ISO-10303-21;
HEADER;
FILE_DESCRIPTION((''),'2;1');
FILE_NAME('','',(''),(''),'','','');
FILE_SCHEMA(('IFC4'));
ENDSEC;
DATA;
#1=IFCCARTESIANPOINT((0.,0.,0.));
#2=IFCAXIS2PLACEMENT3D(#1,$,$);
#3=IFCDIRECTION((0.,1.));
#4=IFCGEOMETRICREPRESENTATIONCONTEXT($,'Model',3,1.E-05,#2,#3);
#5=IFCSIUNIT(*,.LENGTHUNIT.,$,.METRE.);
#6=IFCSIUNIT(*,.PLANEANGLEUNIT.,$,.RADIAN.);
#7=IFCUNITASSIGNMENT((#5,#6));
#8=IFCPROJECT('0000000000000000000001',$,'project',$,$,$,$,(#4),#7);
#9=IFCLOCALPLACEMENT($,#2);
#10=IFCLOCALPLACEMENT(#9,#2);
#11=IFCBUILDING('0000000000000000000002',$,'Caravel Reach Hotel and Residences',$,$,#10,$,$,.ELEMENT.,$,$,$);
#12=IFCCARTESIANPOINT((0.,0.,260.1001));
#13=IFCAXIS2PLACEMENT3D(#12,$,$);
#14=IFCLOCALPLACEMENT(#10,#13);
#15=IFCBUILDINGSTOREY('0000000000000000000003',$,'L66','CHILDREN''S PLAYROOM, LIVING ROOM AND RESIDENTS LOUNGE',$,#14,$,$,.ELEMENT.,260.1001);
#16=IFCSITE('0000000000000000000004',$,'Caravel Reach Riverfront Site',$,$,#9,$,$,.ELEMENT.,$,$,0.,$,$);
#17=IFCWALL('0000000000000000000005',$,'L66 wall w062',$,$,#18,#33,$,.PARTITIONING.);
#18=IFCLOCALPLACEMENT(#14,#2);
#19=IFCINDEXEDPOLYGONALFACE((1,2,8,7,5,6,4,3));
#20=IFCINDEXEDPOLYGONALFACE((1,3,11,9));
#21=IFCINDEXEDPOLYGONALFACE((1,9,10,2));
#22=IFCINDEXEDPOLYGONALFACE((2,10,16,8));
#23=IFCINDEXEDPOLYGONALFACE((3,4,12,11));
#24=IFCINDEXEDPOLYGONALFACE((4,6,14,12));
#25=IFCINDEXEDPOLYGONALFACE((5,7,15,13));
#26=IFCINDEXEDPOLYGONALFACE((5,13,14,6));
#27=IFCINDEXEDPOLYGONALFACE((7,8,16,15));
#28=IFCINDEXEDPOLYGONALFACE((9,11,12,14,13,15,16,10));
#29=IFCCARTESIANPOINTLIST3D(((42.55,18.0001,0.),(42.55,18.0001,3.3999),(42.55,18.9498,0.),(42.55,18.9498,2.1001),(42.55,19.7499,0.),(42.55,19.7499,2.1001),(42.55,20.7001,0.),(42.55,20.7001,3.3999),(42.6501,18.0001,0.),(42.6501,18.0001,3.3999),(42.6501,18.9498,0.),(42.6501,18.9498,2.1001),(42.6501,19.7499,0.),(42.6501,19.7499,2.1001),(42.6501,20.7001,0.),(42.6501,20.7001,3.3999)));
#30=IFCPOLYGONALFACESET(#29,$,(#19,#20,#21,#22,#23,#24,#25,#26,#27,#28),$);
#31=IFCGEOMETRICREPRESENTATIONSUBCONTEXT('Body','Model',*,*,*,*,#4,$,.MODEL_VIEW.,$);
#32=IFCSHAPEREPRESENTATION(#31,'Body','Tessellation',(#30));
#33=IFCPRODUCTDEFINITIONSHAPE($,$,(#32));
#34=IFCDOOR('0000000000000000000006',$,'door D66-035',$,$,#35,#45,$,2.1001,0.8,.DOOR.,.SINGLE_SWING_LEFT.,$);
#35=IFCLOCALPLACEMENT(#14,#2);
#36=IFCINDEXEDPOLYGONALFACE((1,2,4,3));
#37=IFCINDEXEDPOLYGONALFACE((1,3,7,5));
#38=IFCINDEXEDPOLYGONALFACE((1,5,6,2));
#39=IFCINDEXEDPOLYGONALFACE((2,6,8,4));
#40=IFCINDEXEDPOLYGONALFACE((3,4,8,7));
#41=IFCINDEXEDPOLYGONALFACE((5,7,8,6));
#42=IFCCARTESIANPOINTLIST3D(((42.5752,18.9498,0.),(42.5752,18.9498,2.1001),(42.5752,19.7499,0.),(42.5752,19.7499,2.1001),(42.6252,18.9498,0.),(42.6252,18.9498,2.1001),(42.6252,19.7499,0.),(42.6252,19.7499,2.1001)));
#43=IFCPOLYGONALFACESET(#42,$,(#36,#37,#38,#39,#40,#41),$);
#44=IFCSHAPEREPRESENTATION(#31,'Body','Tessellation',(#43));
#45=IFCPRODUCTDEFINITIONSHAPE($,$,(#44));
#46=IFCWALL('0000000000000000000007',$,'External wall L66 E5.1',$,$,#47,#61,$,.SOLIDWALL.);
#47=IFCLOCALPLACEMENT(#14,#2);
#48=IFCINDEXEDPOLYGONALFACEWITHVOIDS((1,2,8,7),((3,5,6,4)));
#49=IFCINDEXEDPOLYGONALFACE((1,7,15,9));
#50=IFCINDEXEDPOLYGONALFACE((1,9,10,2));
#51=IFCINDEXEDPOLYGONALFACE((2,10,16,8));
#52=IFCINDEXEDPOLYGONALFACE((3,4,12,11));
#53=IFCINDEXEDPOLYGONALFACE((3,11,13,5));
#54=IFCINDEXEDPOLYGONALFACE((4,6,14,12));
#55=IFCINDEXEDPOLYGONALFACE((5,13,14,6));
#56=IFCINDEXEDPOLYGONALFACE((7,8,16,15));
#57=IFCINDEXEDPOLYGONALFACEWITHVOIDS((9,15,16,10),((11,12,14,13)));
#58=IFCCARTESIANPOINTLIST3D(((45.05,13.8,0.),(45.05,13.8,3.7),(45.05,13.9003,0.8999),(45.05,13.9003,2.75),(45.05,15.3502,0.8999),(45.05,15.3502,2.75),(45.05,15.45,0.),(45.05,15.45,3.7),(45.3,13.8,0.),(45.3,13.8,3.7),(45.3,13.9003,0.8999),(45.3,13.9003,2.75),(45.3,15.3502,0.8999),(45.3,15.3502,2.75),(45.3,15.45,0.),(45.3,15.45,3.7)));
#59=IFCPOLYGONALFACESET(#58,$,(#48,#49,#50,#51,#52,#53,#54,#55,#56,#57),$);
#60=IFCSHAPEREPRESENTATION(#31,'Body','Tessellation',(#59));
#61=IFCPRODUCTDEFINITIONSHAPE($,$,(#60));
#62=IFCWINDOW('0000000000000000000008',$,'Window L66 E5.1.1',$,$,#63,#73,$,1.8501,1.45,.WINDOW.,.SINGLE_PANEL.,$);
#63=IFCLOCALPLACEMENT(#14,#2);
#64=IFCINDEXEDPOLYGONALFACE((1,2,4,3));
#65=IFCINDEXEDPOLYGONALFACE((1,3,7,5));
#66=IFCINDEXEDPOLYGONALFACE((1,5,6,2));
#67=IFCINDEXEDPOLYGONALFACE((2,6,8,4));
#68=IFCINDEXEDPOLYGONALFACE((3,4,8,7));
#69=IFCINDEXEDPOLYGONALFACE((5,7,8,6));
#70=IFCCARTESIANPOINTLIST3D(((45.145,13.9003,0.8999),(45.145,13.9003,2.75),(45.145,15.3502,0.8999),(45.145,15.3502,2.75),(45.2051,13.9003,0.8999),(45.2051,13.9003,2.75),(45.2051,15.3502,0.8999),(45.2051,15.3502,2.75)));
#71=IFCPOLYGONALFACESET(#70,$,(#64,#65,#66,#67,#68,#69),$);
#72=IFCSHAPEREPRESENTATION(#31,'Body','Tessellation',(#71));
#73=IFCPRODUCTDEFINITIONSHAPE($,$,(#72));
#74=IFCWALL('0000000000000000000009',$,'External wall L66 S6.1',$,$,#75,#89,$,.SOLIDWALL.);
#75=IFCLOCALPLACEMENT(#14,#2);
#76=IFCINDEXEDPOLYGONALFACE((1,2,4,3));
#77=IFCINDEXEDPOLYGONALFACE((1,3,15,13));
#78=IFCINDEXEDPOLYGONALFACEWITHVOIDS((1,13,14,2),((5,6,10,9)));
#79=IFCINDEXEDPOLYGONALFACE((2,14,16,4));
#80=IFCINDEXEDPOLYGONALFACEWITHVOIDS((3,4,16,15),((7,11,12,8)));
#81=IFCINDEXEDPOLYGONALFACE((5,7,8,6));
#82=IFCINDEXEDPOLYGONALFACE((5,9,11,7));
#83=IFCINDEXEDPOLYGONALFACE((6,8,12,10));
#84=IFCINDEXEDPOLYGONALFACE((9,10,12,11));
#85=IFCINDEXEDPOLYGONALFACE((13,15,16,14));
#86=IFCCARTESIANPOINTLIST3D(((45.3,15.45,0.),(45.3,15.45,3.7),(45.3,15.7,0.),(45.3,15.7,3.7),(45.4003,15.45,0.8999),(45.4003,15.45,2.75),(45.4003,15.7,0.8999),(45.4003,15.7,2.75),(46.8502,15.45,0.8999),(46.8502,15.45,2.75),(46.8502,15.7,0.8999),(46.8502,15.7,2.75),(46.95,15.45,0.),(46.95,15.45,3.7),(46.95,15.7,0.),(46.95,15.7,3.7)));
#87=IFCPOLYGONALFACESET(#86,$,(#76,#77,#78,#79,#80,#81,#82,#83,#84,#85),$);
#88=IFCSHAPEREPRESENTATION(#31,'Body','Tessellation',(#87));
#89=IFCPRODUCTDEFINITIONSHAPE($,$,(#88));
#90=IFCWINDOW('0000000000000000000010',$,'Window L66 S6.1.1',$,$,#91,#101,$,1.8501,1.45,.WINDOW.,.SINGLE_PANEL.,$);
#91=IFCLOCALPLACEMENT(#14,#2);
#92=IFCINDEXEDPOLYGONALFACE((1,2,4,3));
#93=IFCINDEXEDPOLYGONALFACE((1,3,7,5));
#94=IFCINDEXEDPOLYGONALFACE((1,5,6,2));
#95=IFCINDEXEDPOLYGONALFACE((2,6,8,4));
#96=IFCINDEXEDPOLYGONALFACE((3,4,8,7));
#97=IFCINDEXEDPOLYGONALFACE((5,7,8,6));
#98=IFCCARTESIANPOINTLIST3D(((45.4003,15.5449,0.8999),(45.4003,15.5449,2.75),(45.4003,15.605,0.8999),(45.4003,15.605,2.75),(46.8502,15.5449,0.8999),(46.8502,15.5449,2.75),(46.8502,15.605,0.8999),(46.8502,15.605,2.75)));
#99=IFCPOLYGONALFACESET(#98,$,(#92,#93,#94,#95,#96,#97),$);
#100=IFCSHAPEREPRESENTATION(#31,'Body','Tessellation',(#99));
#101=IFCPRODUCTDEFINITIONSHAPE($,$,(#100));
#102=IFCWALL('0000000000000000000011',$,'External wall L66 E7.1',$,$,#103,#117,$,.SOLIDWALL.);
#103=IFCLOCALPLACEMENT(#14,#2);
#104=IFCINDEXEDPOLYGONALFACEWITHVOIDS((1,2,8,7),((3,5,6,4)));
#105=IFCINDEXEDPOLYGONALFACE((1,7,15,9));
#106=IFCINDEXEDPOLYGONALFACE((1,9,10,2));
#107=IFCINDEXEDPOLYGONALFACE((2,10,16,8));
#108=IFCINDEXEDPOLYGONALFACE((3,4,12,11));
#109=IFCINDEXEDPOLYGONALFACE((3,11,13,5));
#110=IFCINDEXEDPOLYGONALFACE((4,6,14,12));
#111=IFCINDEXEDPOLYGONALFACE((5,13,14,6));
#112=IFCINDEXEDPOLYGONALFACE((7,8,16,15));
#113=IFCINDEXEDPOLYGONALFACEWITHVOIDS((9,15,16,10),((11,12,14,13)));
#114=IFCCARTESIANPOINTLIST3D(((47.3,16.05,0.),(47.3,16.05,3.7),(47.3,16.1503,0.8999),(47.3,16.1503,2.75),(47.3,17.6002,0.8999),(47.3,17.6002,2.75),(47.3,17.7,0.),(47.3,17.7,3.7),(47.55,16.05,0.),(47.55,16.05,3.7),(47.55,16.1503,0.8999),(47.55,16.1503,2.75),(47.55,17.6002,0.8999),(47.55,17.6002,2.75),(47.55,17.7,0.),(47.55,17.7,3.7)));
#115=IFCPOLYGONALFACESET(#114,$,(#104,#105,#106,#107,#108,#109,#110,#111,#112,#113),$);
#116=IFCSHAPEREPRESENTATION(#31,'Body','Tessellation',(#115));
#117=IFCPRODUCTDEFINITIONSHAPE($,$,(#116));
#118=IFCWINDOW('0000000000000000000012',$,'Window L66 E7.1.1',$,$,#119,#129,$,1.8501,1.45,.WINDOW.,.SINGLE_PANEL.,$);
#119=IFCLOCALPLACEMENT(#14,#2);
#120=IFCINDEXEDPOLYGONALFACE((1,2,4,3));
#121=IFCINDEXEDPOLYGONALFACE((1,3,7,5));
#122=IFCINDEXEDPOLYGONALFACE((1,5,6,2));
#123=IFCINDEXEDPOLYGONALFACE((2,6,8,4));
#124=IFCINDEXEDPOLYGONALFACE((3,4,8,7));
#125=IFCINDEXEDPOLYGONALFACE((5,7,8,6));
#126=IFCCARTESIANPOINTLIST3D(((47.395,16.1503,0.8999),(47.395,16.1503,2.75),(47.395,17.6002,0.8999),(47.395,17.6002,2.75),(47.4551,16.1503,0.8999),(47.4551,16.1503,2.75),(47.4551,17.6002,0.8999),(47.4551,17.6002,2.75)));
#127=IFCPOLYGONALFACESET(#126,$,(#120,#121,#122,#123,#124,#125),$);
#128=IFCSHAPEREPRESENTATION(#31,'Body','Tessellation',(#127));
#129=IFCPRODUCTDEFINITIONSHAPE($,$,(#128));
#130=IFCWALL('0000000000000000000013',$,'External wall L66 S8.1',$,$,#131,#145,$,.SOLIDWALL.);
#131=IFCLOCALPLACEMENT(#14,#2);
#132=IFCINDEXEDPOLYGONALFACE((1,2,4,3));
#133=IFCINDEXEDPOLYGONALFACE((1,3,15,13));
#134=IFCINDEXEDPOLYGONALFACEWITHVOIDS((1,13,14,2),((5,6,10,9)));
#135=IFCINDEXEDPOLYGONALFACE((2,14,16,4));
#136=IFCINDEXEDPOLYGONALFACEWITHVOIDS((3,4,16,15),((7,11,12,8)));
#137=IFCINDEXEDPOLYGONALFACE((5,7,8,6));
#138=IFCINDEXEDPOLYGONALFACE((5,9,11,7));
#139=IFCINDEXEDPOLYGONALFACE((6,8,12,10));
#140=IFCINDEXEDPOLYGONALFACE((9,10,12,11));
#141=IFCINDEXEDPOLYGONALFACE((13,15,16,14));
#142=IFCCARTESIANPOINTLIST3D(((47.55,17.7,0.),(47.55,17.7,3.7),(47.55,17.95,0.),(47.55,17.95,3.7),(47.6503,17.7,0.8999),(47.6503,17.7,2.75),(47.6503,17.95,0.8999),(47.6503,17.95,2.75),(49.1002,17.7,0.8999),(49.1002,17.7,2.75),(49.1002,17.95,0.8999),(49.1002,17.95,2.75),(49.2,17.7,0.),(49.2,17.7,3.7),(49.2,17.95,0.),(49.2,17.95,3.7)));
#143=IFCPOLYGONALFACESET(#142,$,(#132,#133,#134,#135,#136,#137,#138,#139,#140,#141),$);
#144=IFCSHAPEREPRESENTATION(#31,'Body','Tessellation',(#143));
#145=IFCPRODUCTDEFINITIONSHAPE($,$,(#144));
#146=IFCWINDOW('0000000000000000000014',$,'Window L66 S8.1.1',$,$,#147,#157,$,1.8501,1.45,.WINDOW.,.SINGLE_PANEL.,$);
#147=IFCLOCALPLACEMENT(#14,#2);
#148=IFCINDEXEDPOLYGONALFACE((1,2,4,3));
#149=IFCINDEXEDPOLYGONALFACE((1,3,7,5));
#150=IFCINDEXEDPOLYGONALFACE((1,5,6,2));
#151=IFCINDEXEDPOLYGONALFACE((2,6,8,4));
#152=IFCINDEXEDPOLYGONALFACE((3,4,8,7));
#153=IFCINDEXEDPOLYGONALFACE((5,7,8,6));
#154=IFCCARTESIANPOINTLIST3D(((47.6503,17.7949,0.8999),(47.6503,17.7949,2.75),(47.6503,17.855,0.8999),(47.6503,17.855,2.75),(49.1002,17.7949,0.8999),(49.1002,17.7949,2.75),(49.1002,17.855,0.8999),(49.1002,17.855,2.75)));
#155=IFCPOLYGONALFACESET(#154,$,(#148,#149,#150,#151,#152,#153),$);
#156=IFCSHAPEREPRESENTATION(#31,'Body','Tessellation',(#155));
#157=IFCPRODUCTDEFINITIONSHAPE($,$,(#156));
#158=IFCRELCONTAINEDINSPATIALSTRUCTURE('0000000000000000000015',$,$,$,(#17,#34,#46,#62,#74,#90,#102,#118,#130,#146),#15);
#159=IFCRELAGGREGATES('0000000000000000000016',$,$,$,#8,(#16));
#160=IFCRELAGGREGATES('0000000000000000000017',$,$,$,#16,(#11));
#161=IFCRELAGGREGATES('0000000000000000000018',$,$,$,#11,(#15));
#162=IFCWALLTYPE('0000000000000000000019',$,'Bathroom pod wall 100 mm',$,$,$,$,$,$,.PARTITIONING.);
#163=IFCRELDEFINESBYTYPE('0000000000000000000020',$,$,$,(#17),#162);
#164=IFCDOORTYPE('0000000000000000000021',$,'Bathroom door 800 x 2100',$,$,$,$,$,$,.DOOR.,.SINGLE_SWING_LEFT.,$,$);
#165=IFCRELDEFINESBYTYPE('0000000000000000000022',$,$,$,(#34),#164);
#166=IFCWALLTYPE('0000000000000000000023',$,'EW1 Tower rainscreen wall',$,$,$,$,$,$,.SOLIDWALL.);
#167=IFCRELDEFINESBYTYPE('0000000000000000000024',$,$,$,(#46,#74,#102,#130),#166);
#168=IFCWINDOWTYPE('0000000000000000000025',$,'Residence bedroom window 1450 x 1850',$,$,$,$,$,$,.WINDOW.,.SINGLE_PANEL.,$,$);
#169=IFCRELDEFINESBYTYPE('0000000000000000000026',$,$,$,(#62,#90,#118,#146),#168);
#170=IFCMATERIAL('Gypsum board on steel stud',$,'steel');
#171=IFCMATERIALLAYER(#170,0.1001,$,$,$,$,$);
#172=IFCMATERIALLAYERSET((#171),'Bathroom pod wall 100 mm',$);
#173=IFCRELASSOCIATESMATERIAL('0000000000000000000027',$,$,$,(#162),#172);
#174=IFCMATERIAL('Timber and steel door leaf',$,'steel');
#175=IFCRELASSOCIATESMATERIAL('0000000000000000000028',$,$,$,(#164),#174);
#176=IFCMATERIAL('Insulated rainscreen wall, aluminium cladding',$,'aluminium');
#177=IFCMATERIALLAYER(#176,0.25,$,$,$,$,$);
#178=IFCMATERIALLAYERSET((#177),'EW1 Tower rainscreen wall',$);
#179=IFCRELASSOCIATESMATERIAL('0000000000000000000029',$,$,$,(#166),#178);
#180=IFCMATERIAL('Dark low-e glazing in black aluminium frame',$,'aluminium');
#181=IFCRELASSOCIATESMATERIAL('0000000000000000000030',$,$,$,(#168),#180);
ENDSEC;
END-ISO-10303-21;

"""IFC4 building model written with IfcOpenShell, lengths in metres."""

from ifc_helpers import new_model, si_unit, direction, frame, frame_2d, origin, place, context, subcontext, project, spatial, rectangle, extrude, material, layer, layer_set, type_object, element, fill, save


model = new_model("IFC4")

# Units and contexts
model_context = context("Model", 3, precision=1e-05, world=origin(), true_north=direction((0.0, 1.0)))
body_context = subcontext(model_context, "Body", "Model", "MODEL_VIEW")
ifc_project = project(units=[si_unit("LENGTHUNIT", "METRE"), si_unit("PLANEANGLEUNIT", "RADIAN")], contexts=[model_context])

# Site, building, storey
site_placement = place(None, origin())
site = spatial("IfcSite", under=ifc_project, at=site_placement, Name="Caravel Reach Riverfront Site", CompositionType="ELEMENT", RefElevation=0.0)
building_placement = place(site_placement, origin())
building = spatial("IfcBuilding", under=site, at=building_placement, Name="Caravel Reach Hotel and Residences", CompositionType="ELEMENT")
storey_placement = place(building_placement, frame((0.0, 0.0, 260.1001)))
storey = spatial("IfcBuildingStorey", under=building, at=storey_placement, Name="L66", Description="CHILDREN'S PLAYROOM, LIVING ROOM AND RESIDENTS LOUNGE", CompositionType="ELEMENT", Elevation=260.1001)

# Shared definitions
ifc_material_1 = material(Name="Gypsum board on steel stud", Category="steel")
ifc_layer_1 = layer(ifc_material_1, 0.1001)
ifc_layer_set_1 = layer_set([ifc_layer_1], Name="Bathroom pod wall 100 mm")
wall_type_1 = type_object("IfcWallType", Name="Bathroom pod wall 100 mm", PredefinedType="PARTITIONING", material=ifc_layer_set_1)

# Wall, opening, door
wall_1_placement = place(storey_placement, frame((42.6001, 18.0, 0.0), z_axis=(0.0, 0.0, 1.0), x_axis=(0.0, 1.0, 0.0)))
wall_1 = element("IfcWall", 1, at=wall_1_placement, inside=storey, type_object=wall_type_1, Name="L66 wall w062", PredefinedType="PARTITIONING", context=body_context, shape_type="SweptSolid", body=[
    extrude(rectangle(XDim=2.7, YDim=0.1001, at=frame_2d((1.3501, 0.0))), origin(), (0.0, 0.0, 1.0), 3.3999),
])
opening_1_placement = place(wall_1_placement, frame((0.95, 0.0, 0.0)))
opening_1 = element("IfcOpeningElement", 2, at=opening_1_placement, cuts=wall_1, PredefinedType="OPENING", context=body_context, shape_type="SweptSolid", body=[
    extrude(rectangle(XDim=0.8, YDim=2.1001, at=frame_2d((0.3999, 1.05))), frame((0.0, 0.0601, 0.0), z_axis=(0.0, -1.0, 0.0), x_axis=(1.0, 0.0, 0.0)), (0.0, 0.0, 1.0), 0.1201),
])
ifc_material_2 = material(Name="Timber and steel door leaf", Category="steel")
door_type = type_object("IfcDoorType", Name="Bathroom door 800 x 2100", OperationType="SINGLE_SWING_LEFT", PredefinedType="DOOR", material=ifc_material_2)
door_placement = place(opening_1_placement, origin())
door = element("IfcDoor", 3, at=door_placement, inside=storey, type_object=door_type, Name="door D66-035", OperationType="SINGLE_SWING_LEFT", OverallHeight=2.1001, OverallWidth=0.8, PredefinedType="DOOR", context=body_context, shape_type="SweptSolid", body=[
    extrude(rectangle(XDim=0.8, YDim=2.1001, at=frame_2d((0.3999, 1.05))), frame((0.0, 0.0249, 0.0), z_axis=(0.0, -1.0, 0.0), x_axis=(1.0, 0.0, 0.0)), (0.0, 0.0, 1.0), 0.05),
])
fill(opening_1, door)

# Walls, openings, windows
ifc_material_3 = material(Name="Insulated rainscreen wall, aluminium cladding", Category="aluminium")
ifc_layer_2 = layer(ifc_material_3, 0.25)
ifc_layer_set_2 = layer_set([ifc_layer_2], Name="EW1 Tower rainscreen wall")
wall_type_2 = type_object("IfcWallType", Name="EW1 Tower rainscreen wall", PredefinedType="SOLIDWALL", material=ifc_layer_set_2)
wall_2_placement = place(storey_placement, frame((45.175, 13.8, 0.0), z_axis=(0.0, 0.0, 1.0), x_axis=(0.0, 1.0, 0.0)))
wall_2 = element("IfcWall", 4, at=wall_2_placement, inside=storey, type_object=wall_type_2, Name="External wall L66 E5.1", PredefinedType="SOLIDWALL", context=body_context, shape_type="SweptSolid", body=[
    extrude(rectangle(XDim=1.6499, YDim=0.25, at=frame_2d((0.825, 0.0))), origin(), (0.0, 0.0, 1.0), 3.7),
])
opening_2_placement = place(wall_2_placement, frame((0.1001, 0.0, 0.8999)))
opening_2 = element("IfcOpeningElement", 5, at=opening_2_placement, cuts=wall_2, PredefinedType="OPENING", context=body_context, shape_type="SweptSolid", body=[
    extrude(rectangle(XDim=1.45, YDim=1.8501, at=frame_2d((0.7251, 0.925))), frame((0.0, 0.135, 0.0), z_axis=(0.0, -1.0, 0.0), x_axis=(1.0, 0.0, 0.0)), (0.0, 0.0, 1.0), 0.27),
])
ifc_material_4 = material(Name="Dark low-e glazing in black aluminium frame", Category="aluminium")
window_type = type_object("IfcWindowType", Name="Residence bedroom window 1450 x 1850", PartitioningType="SINGLE_PANEL", PredefinedType="WINDOW", material=ifc_material_4)
window_1_placement = place(opening_2_placement, origin())
window_1 = element("IfcWindow", 6, at=window_1_placement, inside=storey, type_object=window_type, Name="Window L66 E5.1.1", OverallHeight=1.8501, OverallWidth=1.45, PartitioningType="SINGLE_PANEL", PredefinedType="WINDOW", context=body_context, shape_type="SweptSolid", body=[
    extrude(rectangle(XDim=1.45, YDim=1.8501, at=frame_2d((0.7251, 0.925))), frame((0.0, 0.03, 0.0), z_axis=(0.0, -1.0, 0.0), x_axis=(1.0, 0.0, 0.0)), (0.0, 0.0, 1.0), 0.0601),
])
fill(opening_2, window_1)
wall_3_placement = place(storey_placement, frame((45.3, 15.575, 0.0), z_axis=(0.0, 0.0, 1.0), x_axis=(1.0, 0.0, 0.0)))
wall_3 = element("IfcWall", 7, at=wall_3_placement, inside=storey, type_object=wall_type_2, Name="External wall L66 S6.1", PredefinedType="SOLIDWALL", context=body_context, shape_type="SweptSolid", body=[
    extrude(rectangle(XDim=1.6499, YDim=0.25, at=frame_2d((0.825, 0.0))), origin(), (0.0, 0.0, 1.0), 3.7),
])
opening_3_placement = place(wall_3_placement, frame((0.1001, 0.0, 0.8999)))
opening_3 = element("IfcOpeningElement", 8, at=opening_3_placement, cuts=wall_3, PredefinedType="OPENING", context=body_context, shape_type="SweptSolid", body=[
    extrude(rectangle(XDim=1.45, YDim=1.8501, at=frame_2d((0.7251, 0.925))), frame((0.0, 0.135, 0.0), z_axis=(0.0, -1.0, 0.0), x_axis=(1.0, 0.0, 0.0)), (0.0, 0.0, 1.0), 0.27),
])
window_2_placement = place(opening_3_placement, origin())
window_2 = element("IfcWindow", 9, at=window_2_placement, inside=storey, type_object=window_type, Name="Window L66 S6.1.1", OverallHeight=1.8501, OverallWidth=1.45, PartitioningType="SINGLE_PANEL", PredefinedType="WINDOW", context=body_context, shape_type="SweptSolid", body=[
    extrude(rectangle(XDim=1.45, YDim=1.8501, at=frame_2d((0.7251, 0.925))), frame((0.0, 0.03, 0.0), z_axis=(0.0, -1.0, 0.0), x_axis=(1.0, 0.0, 0.0)), (0.0, 0.0, 1.0), 0.0601),
])
fill(opening_3, window_2)
wall_4_placement = place(storey_placement, frame((47.425, 16.05, 0.0), z_axis=(0.0, 0.0, 1.0), x_axis=(0.0, 1.0, 0.0)))
wall_4 = element("IfcWall", 10, at=wall_4_placement, inside=storey, type_object=wall_type_2, Name="External wall L66 E7.1", PredefinedType="SOLIDWALL", context=body_context, shape_type="SweptSolid", body=[
    extrude(rectangle(XDim=1.6499, YDim=0.25, at=frame_2d((0.825, 0.0))), origin(), (0.0, 0.0, 1.0), 3.7),
])
opening_4_placement = place(wall_4_placement, frame((0.1001, 0.0, 0.8999)))
opening_4 = element("IfcOpeningElement", 11, at=opening_4_placement, cuts=wall_4, PredefinedType="OPENING", context=body_context, shape_type="SweptSolid", body=[
    extrude(rectangle(XDim=1.45, YDim=1.8501, at=frame_2d((0.7251, 0.925))), frame((0.0, 0.135, 0.0), z_axis=(0.0, -1.0, 0.0), x_axis=(1.0, 0.0, 0.0)), (0.0, 0.0, 1.0), 0.27),
])
window_3_placement = place(opening_4_placement, origin())
window_3 = element("IfcWindow", 12, at=window_3_placement, inside=storey, type_object=window_type, Name="Window L66 E7.1.1", OverallHeight=1.8501, OverallWidth=1.45, PartitioningType="SINGLE_PANEL", PredefinedType="WINDOW", context=body_context, shape_type="SweptSolid", body=[
    extrude(rectangle(XDim=1.45, YDim=1.8501, at=frame_2d((0.7251, 0.925))), frame((0.0, 0.03, 0.0), z_axis=(0.0, -1.0, 0.0), x_axis=(1.0, 0.0, 0.0)), (0.0, 0.0, 1.0), 0.0601),
])
fill(opening_4, window_3)
wall_5_placement = place(storey_placement, frame((47.55, 17.825, 0.0), z_axis=(0.0, 0.0, 1.0), x_axis=(1.0, 0.0, 0.0)))
wall_5 = element("IfcWall", 13, at=wall_5_placement, inside=storey, type_object=wall_type_2, Name="External wall L66 S8.1", PredefinedType="SOLIDWALL", context=body_context, shape_type="SweptSolid", body=[
    extrude(rectangle(XDim=1.6499, YDim=0.25, at=frame_2d((0.825, 0.0))), origin(), (0.0, 0.0, 1.0), 3.7),
])
opening_5_placement = place(wall_5_placement, frame((0.1001, 0.0, 0.8999)))
opening_5 = element("IfcOpeningElement", 14, at=opening_5_placement, cuts=wall_5, PredefinedType="OPENING", context=body_context, shape_type="SweptSolid", body=[
    extrude(rectangle(XDim=1.45, YDim=1.8501, at=frame_2d((0.7251, 0.925))), frame((0.0, 0.135, 0.0), z_axis=(0.0, -1.0, 0.0), x_axis=(1.0, 0.0, 0.0)), (0.0, 0.0, 1.0), 0.27),
])
window_4_placement = place(opening_5_placement, origin())
window_4 = element("IfcWindow", 15, at=window_4_placement, inside=storey, type_object=window_type, Name="Window L66 S8.1.1", OverallHeight=1.8501, OverallWidth=1.45, PartitioningType="SINGLE_PANEL", PredefinedType="WINDOW", context=body_context, shape_type="SweptSolid", body=[
    extrude(rectangle(XDim=1.45, YDim=1.8501, at=frame_2d((0.7251, 0.925))), frame((0.0, 0.03, 0.0), z_axis=(0.0, -1.0, 0.0), x_axis=(1.0, 0.0, 0.0)), (0.0, 0.0, 1.0), 0.0601),
])
fill(opening_5, window_4)

save(model, "model.ifc")
